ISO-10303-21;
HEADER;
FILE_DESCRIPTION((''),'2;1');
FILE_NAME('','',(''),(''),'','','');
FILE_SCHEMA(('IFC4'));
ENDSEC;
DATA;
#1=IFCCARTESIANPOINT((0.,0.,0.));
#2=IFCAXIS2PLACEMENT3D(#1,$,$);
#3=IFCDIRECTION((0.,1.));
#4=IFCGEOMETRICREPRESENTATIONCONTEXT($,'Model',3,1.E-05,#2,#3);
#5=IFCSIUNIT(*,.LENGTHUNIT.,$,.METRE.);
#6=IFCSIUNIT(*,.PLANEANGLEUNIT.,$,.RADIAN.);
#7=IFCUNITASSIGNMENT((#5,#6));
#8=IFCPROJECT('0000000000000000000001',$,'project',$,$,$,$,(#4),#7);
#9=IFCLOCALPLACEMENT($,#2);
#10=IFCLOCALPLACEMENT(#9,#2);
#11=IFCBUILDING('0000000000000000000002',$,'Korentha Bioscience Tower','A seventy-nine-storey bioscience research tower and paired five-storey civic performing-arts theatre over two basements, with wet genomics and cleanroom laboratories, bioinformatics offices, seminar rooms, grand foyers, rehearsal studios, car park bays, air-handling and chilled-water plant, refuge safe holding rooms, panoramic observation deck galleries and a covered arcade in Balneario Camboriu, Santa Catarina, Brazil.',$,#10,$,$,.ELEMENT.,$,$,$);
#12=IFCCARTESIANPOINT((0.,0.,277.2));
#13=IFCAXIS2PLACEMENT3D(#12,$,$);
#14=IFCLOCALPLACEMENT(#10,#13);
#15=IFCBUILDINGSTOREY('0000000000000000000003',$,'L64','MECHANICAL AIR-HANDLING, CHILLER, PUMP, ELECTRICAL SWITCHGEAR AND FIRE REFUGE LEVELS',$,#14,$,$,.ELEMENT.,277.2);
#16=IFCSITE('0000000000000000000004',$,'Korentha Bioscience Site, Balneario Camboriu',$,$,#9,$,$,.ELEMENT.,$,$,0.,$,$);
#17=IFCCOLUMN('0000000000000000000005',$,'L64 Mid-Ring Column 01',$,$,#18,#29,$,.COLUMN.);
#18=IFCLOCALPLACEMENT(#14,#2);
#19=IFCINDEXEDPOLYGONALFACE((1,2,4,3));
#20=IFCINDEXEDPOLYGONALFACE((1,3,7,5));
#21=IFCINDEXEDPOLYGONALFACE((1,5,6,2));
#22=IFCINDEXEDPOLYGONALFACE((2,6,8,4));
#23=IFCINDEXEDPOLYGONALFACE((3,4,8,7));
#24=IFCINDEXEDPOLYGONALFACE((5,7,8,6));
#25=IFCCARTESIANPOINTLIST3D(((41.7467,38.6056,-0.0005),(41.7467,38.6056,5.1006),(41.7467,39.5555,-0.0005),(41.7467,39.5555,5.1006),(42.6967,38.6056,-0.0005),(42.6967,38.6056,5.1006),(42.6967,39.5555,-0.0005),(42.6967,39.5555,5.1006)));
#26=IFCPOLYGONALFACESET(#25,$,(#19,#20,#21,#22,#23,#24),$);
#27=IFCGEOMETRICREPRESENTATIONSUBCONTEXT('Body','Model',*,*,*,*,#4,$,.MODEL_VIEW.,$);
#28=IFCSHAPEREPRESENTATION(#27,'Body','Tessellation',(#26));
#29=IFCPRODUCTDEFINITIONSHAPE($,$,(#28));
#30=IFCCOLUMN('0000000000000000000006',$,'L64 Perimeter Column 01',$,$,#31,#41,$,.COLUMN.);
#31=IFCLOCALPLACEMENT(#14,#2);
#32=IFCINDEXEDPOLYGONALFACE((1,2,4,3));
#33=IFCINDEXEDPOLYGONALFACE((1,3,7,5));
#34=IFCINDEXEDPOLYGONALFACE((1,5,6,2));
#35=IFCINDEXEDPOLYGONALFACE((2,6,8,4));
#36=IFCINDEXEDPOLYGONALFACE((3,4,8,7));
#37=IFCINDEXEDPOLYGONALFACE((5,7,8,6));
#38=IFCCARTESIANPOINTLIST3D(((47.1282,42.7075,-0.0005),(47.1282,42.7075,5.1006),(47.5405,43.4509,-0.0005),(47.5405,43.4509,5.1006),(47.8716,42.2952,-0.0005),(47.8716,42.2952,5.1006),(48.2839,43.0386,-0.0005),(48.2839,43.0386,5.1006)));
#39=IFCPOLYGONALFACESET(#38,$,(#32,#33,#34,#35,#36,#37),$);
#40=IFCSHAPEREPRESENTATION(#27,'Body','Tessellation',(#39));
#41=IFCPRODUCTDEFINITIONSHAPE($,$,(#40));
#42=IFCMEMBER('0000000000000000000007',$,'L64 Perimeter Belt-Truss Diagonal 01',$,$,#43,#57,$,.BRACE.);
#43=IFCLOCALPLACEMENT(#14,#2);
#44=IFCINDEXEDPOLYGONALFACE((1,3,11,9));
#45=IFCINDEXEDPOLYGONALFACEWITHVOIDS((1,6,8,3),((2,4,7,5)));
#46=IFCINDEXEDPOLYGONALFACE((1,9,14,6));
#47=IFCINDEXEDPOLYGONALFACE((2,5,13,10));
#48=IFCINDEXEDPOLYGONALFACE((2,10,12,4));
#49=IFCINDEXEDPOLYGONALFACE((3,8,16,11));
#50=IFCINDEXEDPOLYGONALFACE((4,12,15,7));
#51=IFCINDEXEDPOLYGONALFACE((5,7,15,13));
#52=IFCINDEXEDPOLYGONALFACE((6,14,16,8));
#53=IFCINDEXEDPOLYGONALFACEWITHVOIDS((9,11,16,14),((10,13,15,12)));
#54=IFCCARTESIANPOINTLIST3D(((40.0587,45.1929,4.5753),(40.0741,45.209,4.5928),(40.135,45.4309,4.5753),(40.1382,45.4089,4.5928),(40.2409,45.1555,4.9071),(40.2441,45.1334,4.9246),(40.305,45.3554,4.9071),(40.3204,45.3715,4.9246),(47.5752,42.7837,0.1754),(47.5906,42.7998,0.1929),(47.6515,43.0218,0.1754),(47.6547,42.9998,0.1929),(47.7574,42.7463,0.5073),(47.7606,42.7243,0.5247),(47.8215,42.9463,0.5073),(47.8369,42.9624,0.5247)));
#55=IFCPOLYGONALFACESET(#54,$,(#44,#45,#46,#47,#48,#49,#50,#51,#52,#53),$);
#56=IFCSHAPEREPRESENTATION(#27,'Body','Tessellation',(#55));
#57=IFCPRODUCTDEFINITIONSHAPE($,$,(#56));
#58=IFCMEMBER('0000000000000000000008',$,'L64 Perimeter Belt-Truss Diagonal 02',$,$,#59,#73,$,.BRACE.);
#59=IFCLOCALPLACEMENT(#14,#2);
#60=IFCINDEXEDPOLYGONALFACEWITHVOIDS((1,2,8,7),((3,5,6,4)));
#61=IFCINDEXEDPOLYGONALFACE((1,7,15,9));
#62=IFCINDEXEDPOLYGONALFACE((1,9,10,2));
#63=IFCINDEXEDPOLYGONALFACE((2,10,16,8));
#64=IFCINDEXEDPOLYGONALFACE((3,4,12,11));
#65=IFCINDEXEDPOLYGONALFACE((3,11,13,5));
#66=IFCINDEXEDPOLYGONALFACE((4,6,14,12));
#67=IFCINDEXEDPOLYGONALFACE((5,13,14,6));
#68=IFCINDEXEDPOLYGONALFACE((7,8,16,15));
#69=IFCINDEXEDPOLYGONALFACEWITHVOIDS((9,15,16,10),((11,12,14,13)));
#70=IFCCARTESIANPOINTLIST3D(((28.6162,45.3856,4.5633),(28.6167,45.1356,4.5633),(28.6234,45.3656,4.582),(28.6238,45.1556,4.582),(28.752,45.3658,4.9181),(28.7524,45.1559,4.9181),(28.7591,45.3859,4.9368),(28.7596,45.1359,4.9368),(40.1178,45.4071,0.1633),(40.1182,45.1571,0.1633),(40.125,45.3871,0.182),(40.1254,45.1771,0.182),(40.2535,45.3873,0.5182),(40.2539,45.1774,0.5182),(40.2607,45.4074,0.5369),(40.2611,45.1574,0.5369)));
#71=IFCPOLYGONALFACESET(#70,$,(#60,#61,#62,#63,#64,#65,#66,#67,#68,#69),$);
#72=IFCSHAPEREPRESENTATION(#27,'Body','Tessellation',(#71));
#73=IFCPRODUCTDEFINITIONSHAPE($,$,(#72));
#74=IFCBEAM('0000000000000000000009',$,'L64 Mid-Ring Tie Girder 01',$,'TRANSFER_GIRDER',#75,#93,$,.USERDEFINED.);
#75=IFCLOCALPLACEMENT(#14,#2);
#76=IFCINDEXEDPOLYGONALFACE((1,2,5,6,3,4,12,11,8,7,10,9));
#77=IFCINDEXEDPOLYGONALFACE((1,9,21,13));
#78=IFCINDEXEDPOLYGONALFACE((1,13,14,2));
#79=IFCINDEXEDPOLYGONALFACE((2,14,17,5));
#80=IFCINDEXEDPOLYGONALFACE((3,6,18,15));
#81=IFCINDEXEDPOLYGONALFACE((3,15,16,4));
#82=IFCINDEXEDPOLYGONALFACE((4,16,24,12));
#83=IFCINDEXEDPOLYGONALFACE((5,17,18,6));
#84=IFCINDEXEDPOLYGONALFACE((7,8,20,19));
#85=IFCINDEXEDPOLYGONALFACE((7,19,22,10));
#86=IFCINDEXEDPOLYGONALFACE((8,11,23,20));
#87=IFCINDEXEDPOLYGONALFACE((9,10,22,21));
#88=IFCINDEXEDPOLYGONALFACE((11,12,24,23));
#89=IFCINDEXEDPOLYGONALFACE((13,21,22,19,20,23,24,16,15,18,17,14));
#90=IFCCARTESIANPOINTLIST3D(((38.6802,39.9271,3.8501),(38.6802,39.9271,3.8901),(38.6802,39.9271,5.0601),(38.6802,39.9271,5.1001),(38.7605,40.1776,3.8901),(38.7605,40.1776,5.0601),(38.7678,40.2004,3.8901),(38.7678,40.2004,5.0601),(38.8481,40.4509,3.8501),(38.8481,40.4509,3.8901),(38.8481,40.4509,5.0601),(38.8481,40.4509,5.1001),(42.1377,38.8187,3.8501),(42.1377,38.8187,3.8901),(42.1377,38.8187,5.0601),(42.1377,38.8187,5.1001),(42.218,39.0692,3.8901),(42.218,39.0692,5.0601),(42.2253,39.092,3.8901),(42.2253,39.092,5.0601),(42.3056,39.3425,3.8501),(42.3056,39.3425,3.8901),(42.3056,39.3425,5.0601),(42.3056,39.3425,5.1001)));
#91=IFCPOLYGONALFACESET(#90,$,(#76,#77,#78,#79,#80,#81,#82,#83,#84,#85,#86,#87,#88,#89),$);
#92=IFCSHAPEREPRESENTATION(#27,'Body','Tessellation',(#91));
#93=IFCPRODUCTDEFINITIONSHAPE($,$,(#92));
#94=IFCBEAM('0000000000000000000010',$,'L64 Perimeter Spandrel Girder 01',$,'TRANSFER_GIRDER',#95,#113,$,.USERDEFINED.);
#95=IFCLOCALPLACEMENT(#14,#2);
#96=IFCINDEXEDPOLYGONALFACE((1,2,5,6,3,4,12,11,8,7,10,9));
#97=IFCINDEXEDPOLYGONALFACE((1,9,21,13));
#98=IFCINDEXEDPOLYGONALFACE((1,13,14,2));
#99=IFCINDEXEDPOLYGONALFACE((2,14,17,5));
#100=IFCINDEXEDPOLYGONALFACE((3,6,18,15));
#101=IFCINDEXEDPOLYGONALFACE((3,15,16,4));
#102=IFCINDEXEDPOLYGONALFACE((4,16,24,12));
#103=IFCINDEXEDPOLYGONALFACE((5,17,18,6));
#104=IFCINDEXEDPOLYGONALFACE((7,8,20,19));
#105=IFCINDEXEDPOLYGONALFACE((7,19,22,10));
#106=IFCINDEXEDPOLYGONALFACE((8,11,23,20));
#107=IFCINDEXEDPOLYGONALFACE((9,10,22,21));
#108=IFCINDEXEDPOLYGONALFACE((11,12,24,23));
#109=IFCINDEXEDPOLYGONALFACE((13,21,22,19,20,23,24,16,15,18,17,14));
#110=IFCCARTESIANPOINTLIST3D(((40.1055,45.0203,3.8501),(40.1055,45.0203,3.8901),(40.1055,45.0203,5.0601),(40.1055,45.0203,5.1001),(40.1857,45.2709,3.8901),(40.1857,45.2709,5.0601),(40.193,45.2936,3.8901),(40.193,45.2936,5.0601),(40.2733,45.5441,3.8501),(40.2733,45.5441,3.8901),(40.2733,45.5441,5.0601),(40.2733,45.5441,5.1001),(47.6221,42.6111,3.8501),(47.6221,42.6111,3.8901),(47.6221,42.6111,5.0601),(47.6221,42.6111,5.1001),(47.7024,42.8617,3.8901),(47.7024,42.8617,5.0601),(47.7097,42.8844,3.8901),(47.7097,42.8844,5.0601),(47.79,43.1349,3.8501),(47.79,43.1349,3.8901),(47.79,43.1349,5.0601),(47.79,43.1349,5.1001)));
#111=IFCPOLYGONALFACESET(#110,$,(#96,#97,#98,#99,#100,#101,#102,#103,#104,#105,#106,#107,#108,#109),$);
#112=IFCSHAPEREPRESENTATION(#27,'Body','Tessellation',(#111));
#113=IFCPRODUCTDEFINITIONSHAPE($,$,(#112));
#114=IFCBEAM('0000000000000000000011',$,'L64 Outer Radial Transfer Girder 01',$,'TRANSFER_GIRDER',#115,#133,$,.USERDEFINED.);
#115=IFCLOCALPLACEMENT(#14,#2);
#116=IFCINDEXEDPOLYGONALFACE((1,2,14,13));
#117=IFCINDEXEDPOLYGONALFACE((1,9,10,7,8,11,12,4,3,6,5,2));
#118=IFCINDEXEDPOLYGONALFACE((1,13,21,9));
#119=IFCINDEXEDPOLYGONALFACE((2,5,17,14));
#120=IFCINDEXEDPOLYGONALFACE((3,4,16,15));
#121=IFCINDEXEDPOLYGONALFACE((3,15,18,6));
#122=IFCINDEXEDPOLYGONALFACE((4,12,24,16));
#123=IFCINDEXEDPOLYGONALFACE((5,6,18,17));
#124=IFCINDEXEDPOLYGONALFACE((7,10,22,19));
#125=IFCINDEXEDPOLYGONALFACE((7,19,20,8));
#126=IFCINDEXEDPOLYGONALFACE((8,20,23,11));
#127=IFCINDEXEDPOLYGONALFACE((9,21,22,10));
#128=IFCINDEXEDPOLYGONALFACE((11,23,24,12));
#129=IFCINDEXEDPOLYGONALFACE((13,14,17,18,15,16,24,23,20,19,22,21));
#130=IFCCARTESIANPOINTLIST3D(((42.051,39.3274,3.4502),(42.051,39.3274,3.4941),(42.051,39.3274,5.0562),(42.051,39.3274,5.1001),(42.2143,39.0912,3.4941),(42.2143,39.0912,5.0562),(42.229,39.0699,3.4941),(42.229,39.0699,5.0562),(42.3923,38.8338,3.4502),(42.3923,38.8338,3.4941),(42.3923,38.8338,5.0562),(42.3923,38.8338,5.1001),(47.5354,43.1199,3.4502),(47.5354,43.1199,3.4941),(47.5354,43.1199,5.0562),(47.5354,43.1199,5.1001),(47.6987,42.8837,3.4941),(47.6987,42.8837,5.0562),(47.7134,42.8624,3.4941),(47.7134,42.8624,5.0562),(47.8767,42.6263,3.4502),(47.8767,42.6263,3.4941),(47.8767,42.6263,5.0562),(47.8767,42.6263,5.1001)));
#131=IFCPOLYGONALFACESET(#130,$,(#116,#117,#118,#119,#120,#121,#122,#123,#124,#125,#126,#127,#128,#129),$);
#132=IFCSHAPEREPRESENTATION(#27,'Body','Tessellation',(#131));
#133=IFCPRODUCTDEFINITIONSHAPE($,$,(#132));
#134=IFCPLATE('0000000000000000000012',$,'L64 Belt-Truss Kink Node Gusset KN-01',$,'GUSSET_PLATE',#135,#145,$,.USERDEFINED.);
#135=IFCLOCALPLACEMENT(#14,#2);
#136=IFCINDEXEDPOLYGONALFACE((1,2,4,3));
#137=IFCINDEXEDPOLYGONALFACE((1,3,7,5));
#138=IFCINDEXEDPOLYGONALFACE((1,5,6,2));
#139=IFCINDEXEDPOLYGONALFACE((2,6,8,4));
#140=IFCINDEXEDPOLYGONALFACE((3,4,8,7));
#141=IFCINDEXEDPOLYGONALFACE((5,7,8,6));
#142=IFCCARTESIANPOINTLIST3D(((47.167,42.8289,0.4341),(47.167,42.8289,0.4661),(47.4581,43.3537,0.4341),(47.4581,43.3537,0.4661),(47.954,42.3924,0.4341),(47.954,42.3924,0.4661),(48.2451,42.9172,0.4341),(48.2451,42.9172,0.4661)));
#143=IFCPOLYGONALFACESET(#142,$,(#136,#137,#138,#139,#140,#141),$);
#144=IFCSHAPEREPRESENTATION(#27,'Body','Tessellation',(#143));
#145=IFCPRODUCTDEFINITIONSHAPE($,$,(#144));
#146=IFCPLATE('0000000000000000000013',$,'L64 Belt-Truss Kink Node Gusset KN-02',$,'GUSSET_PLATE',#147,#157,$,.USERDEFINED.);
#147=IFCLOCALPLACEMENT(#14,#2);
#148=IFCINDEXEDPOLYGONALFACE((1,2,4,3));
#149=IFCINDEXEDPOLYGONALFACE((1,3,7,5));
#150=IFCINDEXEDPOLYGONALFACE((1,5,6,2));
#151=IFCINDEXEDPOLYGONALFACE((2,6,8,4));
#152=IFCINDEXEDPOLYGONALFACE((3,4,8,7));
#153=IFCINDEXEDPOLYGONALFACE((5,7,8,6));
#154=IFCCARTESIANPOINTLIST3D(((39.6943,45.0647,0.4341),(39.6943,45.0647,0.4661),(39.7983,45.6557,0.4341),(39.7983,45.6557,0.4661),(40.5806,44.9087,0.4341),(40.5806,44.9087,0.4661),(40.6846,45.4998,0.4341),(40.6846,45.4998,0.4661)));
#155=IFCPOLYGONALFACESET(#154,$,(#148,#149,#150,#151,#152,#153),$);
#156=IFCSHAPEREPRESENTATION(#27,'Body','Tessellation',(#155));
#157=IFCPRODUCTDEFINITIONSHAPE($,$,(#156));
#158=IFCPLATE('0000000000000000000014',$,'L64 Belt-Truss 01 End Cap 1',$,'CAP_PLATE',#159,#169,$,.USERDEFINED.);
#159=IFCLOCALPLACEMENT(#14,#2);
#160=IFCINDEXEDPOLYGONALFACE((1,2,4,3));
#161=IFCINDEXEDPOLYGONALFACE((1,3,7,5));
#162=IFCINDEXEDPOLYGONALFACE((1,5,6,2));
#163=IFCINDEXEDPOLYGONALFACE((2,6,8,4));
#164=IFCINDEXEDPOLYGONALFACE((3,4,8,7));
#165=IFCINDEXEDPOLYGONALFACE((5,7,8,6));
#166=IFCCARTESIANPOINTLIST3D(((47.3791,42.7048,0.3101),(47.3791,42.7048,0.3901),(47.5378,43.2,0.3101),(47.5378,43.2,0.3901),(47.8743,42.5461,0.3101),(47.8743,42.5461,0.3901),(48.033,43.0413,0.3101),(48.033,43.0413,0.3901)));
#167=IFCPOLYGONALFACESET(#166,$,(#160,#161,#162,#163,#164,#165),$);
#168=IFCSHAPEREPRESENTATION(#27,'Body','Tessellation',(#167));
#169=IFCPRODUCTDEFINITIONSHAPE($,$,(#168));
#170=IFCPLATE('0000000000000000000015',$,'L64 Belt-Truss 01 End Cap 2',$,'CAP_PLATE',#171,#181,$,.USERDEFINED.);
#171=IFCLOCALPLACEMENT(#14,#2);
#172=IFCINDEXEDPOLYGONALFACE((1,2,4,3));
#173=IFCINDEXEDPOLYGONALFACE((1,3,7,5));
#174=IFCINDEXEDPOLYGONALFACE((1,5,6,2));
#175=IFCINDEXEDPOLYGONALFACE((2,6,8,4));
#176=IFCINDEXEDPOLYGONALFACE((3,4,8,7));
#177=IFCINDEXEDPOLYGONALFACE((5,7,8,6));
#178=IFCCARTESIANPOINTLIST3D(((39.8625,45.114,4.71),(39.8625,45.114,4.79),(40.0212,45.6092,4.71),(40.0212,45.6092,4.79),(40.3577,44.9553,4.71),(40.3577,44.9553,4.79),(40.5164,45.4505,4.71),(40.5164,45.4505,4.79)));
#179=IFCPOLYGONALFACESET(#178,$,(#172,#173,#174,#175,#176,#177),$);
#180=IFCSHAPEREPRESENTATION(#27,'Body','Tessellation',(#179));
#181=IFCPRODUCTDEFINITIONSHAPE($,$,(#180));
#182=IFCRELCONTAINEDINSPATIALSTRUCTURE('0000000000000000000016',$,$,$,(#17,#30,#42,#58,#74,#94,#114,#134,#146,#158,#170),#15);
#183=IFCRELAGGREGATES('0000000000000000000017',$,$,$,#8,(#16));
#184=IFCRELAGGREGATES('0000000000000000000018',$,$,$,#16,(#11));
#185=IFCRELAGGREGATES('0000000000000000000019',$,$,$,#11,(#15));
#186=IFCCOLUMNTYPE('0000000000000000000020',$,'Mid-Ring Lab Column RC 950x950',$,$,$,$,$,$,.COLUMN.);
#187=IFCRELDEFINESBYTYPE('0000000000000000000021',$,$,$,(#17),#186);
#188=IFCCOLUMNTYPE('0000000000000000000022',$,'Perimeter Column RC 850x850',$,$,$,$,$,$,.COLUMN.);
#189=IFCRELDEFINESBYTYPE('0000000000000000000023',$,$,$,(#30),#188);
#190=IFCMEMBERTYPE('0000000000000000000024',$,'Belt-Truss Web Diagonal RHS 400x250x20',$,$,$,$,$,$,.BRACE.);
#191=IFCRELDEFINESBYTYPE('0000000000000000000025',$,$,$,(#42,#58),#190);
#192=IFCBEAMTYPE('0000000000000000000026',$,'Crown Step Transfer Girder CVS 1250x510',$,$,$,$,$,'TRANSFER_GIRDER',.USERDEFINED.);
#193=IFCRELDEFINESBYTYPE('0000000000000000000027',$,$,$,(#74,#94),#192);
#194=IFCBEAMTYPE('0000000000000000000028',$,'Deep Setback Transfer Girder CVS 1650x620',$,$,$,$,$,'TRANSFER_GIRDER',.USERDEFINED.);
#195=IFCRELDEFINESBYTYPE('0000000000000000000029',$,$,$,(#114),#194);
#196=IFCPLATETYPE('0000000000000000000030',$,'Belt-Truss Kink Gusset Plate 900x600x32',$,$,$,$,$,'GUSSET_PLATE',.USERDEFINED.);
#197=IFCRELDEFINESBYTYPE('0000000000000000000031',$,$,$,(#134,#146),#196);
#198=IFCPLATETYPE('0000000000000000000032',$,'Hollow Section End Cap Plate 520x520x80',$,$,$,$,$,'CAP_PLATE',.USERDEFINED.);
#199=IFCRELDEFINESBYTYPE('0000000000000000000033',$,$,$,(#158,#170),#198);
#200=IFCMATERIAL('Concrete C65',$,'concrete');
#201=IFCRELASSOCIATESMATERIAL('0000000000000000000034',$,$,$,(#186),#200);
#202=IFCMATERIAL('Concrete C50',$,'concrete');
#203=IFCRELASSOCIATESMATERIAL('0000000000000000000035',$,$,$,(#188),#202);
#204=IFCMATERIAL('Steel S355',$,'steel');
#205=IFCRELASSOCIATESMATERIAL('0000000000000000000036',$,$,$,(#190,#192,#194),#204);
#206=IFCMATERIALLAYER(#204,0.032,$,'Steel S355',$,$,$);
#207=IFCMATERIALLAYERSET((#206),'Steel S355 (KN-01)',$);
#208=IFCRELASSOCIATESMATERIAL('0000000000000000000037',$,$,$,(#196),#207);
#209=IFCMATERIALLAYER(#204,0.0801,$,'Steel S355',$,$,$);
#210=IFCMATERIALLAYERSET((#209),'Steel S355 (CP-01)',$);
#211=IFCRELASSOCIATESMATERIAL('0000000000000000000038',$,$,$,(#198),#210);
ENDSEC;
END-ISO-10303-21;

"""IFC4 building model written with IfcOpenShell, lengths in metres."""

from ifc_helpers import new_model, si_unit, direction, frame, origin, origin_2d, place, context, subcontext, project, spatial, rectangle, hollow_rectangle, i_section, extrude, material, layer, layer_set, material_profile, profile_set, type_object, element, save


model = new_model("IFC4")

# Units and contexts
model_context = context("Model", 3, precision=1e-05, world=origin(), true_north=direction((0.0, 1.0)))
body_context = subcontext(model_context, "Body", "Model", "MODEL_VIEW")
ifc_project = project(units=[si_unit("LENGTHUNIT", "METRE"), si_unit("PLANEANGLEUNIT", "RADIAN")], contexts=[model_context])

# Site, building, storey
site_placement = place(None, origin())
site = spatial("IfcSite", under=ifc_project, at=site_placement, Name="Korentha Bioscience Site, Balneario Camboriu", CompositionType="ELEMENT", RefElevation=0.0)
building_placement = place(site_placement, origin())
building = spatial("IfcBuilding", under=site, at=building_placement, Name="Korentha Bioscience Tower", Description="A seventy-nine-storey bioscience research tower and paired five-storey civic performing-arts theatre over two basements, with wet genomics and cleanroom laboratories, bioinformatics offices, seminar rooms, grand foyers, rehearsal studios, car park bays, air-handling and chilled-water plant, refuge safe holding rooms, panoramic observation deck galleries and a covered arcade in Balneario Camboriu, Santa Catarina, Brazil.", CompositionType="ELEMENT")
storey_placement = place(building_placement, frame((0.0, 0.0, 277.2)))
storey = spatial("IfcBuildingStorey", under=building, at=storey_placement, Name="L64", Description="MECHANICAL AIR-HANDLING, CHILLER, PUMP, ELECTRICAL SWITCHGEAR AND FIRE REFUGE LEVELS", CompositionType="ELEMENT", Elevation=277.2)

# Columns
ifc_material_1 = material(Name="Concrete C65", Category="concrete")
ifc_material_profile_1 = material_profile(ifc_material_1, rectangle(XDim=0.95, YDim=0.95, at=origin_2d()), Name="Concrete C65")
ifc_profile_set_1 = profile_set([ifc_material_profile_1], Name="Concrete C65 (COL-MR09)")
column_type_1 = type_object("IfcColumnType", Name="Mid-Ring Lab Column RC 950x950", PredefinedType="COLUMN", material=ifc_profile_set_1)
column_1_placement = place(storey_placement, frame((42.2217, 39.0806, -0.0005), z_axis=(0.0, 0.0, 1.0), x_axis=(1.0, 0.0, 0.0)))
element("IfcColumn", 1, at=column_1_placement, inside=storey, type_object=column_type_1, Name="L64 Mid-Ring Column 01", PredefinedType="COLUMN", context=body_context, shape_type="SweptSolid", body=[
    extrude(rectangle(XDim=0.95, YDim=0.95, at=origin_2d()), origin(), (0.0, 0.0, 1.0), 5.1011),
])
ifc_material_2 = material(Name="Concrete C50", Category="concrete")
ifc_material_profile_2 = material_profile(ifc_material_2, rectangle(XDim=0.8501, YDim=0.8501, at=origin_2d()), Name="Concrete C50")
ifc_profile_set_2 = profile_set([ifc_material_profile_2], Name="Concrete C50 (COL-P08)")
column_type_2 = type_object("IfcColumnType", Name="Perimeter Column RC 850x850", PredefinedType="COLUMN", material=ifc_profile_set_2)
column_2_placement = place(storey_placement, frame((47.7061, 42.873, -0.0005), z_axis=(0.0, 0.0, 1.0), x_axis=(-0.874535, 0.484962, 0.0)))
element("IfcColumn", 2, at=column_2_placement, inside=storey, type_object=column_type_2, Name="L64 Perimeter Column 01", PredefinedType="COLUMN", context=body_context, shape_type="SweptSolid", body=[
    extrude(rectangle(XDim=0.8501, YDim=0.8501, at=origin_2d()), origin(), (0.0, 0.0, 1.0), 5.1011),
])

# Members
ifc_material_3 = material(Name="Steel S355", Category="steel")
ifc_material_profile_3 = material_profile(ifc_material_3, hollow_rectangle(XDim=0.25, YDim=0.3999, WallThickness=0.02, at=origin_2d()), Name="Steel S355")
ifc_profile_set_3 = profile_set([ifc_material_profile_3], Name="Steel S355 (BT-D400)")
member_type = type_object("IfcMemberType", Name="Belt-Truss Web Diagonal RHS 400x250x20", PredefinedType="BRACE", material=ifc_profile_set_3)
member_1_placement = place(storey_placement, frame((47.7061, 42.873, 0.3501), z_axis=(-0.831783, 0.266598, 0.486891), x_axis=(-0.30522, -0.952282, 0.0)))
element("IfcMember", 3, at=member_1_placement, inside=storey, type_object=member_type, Name="L64 Perimeter Belt-Truss Diagonal 01", PredefinedType="BRACE", context=body_context, shape_type="SweptSolid", body=[
    extrude(hollow_rectangle(XDim=0.25, YDim=0.3999, WallThickness=0.02, at=origin_2d()), origin(), (0.0, 0.0, 1.0), 9.0366),
])
member_2_placement = place(storey_placement, frame((40.1895, 45.2822, 0.3501), z_axis=(-0.933989, -0.001745, 0.357299), x_axis=(0.001868, -0.999998, 0.0)))
element("IfcMember", 4, at=member_2_placement, inside=storey, type_object=member_type, Name="L64 Perimeter Belt-Truss Diagonal 02", PredefinedType="BRACE", context=body_context, shape_type="SweptSolid", body=[
    extrude(hollow_rectangle(XDim=0.25, YDim=0.3999, WallThickness=0.02, at=origin_2d()), origin(), (0.0, 0.0, 1.0), 12.3145),
])

# Beams
ifc_material_profile_4 = material_profile(ifc_material_3, i_section(OverallWidth=0.55, OverallDepth=1.25, WebThickness=0.0239, FlangeThickness=0.04, at=origin_2d()), Name="Steel S355")
ifc_profile_set_4 = profile_set([ifc_material_profile_4], Name="Steel S355 (TG-03)")
beam_type_1 = type_object("IfcBeamType", Name="Crown Step Transfer Girder CVS 1250x510", ElementType="TRANSFER_GIRDER", PredefinedType="USERDEFINED", material=ifc_profile_set_4)
beam_1_placement = place(storey_placement, frame((42.2217, 39.0806, 4.4751), z_axis=(-0.952265, 0.305273, 0.0), x_axis=(-0.305273, -0.952265, 0.0)))
element("IfcBeam", 5, at=beam_1_placement, inside=storey, type_object=beam_type_1, Name="L64 Mid-Ring Tie Girder 01", ObjectType="TRANSFER_GIRDER", PredefinedType="USERDEFINED", context=body_context, shape_type="SweptSolid", body=[
    extrude(i_section(OverallWidth=0.55, OverallDepth=1.25, WebThickness=0.0239, FlangeThickness=0.04, at=origin_2d()), origin(), (0.0, 0.0, 1.0), 3.6309),
])
beam_2_placement = place(storey_placement, frame((47.7061, 42.873, 4.4751), z_axis=(-0.952282, 0.30522, 0.0), x_axis=(-0.30522, -0.952282, 0.0)))
element("IfcBeam", 6, at=beam_2_placement, inside=storey, type_object=beam_type_1, Name="L64 Perimeter Spandrel Girder 01", ObjectType="TRANSFER_GIRDER", PredefinedType="USERDEFINED", context=body_context, shape_type="SweptSolid", body=[
    extrude(i_section(OverallWidth=0.55, OverallDepth=1.25, WebThickness=0.0239, FlangeThickness=0.04, at=origin_2d()), origin(), (0.0, 0.0, 1.0), 7.8933),
])
ifc_material_profile_5 = material_profile(ifc_material_3, i_section(OverallWidth=0.6001, OverallDepth=1.6499, WebThickness=0.0259, FlangeThickness=0.0439, at=origin_2d()), Name="Steel S355")
ifc_profile_set_5 = profile_set([ifc_material_profile_5], Name="Steel S355 (TG-04)")
beam_type_2 = type_object("IfcBeamType", Name="Deep Setback Transfer Girder CVS 1650x620", ElementType="TRANSFER_GIRDER", PredefinedType="USERDEFINED", material=ifc_profile_set_5)
beam_3_placement = place(storey_placement, frame((42.2217, 39.0806, 4.2751), z_axis=(0.822501, 0.568764, 0.0), x_axis=(-0.568764, 0.822501, 0.0)))
element("IfcBeam", 7, at=beam_3_placement, inside=storey, type_object=beam_type_2, Name="L64 Outer Radial Transfer Girder 01", ObjectType="TRANSFER_GIRDER", PredefinedType="USERDEFINED", context=body_context, shape_type="SweptSolid", body=[
    extrude(i_section(OverallWidth=0.6001, OverallDepth=1.6499, WebThickness=0.0259, FlangeThickness=0.0439, at=origin_2d()), origin(), (0.0, 0.0, 1.0), 6.668),
])

# Plates
ifc_layer_1 = layer(ifc_material_3, 0.032, Name="Steel S355")
ifc_layer_set_1 = layer_set([ifc_layer_1], Name="Steel S355 (KN-01)")
plate_type_1 = type_object("IfcPlateType", Name="Belt-Truss Kink Gusset Plate 900x600x32", ElementType="GUSSET_PLATE", PredefinedType="USERDEFINED", material=ifc_layer_set_1)
for number, where, z_axis, x_axis, name in (
    (8, (47.7061, 42.873, 0.4341), (0.0, 0.0, 1.0), (-0.874535, 0.484962, 0.0), "L64 Belt-Truss Kink Node Gusset KN-01"),
    (9, (40.1895, 45.2822, 0.4341), (0.0, 0.0, 1.0), (-0.984868, 0.173304, 0.0), "L64 Belt-Truss Kink Node Gusset KN-02"),
):
    element("IfcPlate", number, at=place(storey_placement, frame(where, z_axis=z_axis, x_axis=x_axis)), inside=storey, type_object=plate_type_1, Name=name, ObjectType="GUSSET_PLATE", PredefinedType="USERDEFINED", context=body_context, shape_type="SweptSolid", body=[
        extrude(rectangle(XDim=0.8999, YDim=0.6001, at=origin_2d()), origin(), (0.0, 0.0, 1.0), 0.032),
    ])
ifc_layer_2 = layer(ifc_material_3, 0.0801, Name="Steel S355")
ifc_layer_set_2 = layer_set([ifc_layer_2], Name="Steel S355 (CP-01)")
plate_type_2 = type_object("IfcPlateType", Name="Hollow Section End Cap Plate 520x520x80", ElementType="CAP_PLATE", PredefinedType="USERDEFINED", material=ifc_layer_set_2)
for number, where, z_axis, x_axis, name in (
    (10, (47.7061, 42.873, 0.3101), (0.0, 0.0, 1.0), (-0.952289, 0.305197, 0.0), "L64 Belt-Truss 01 End Cap 1"),
    (11, (40.1895, 45.2822, 4.71), (0.0, 0.0, 1.0), (-0.952289, 0.305197, 0.0), "L64 Belt-Truss 01 End Cap 2"),
):
    element("IfcPlate", number, at=place(storey_placement, frame(where, z_axis=z_axis, x_axis=x_axis)), inside=storey, type_object=plate_type_2, Name=name, ObjectType="CAP_PLATE", PredefinedType="USERDEFINED", context=body_context, shape_type="SweptSolid", body=[
        extrude(rectangle(XDim=0.52, YDim=0.52, at=origin_2d()), origin(), (0.0, 0.0, 1.0), 0.0801),
    ])

save(model, "model.ifc")
